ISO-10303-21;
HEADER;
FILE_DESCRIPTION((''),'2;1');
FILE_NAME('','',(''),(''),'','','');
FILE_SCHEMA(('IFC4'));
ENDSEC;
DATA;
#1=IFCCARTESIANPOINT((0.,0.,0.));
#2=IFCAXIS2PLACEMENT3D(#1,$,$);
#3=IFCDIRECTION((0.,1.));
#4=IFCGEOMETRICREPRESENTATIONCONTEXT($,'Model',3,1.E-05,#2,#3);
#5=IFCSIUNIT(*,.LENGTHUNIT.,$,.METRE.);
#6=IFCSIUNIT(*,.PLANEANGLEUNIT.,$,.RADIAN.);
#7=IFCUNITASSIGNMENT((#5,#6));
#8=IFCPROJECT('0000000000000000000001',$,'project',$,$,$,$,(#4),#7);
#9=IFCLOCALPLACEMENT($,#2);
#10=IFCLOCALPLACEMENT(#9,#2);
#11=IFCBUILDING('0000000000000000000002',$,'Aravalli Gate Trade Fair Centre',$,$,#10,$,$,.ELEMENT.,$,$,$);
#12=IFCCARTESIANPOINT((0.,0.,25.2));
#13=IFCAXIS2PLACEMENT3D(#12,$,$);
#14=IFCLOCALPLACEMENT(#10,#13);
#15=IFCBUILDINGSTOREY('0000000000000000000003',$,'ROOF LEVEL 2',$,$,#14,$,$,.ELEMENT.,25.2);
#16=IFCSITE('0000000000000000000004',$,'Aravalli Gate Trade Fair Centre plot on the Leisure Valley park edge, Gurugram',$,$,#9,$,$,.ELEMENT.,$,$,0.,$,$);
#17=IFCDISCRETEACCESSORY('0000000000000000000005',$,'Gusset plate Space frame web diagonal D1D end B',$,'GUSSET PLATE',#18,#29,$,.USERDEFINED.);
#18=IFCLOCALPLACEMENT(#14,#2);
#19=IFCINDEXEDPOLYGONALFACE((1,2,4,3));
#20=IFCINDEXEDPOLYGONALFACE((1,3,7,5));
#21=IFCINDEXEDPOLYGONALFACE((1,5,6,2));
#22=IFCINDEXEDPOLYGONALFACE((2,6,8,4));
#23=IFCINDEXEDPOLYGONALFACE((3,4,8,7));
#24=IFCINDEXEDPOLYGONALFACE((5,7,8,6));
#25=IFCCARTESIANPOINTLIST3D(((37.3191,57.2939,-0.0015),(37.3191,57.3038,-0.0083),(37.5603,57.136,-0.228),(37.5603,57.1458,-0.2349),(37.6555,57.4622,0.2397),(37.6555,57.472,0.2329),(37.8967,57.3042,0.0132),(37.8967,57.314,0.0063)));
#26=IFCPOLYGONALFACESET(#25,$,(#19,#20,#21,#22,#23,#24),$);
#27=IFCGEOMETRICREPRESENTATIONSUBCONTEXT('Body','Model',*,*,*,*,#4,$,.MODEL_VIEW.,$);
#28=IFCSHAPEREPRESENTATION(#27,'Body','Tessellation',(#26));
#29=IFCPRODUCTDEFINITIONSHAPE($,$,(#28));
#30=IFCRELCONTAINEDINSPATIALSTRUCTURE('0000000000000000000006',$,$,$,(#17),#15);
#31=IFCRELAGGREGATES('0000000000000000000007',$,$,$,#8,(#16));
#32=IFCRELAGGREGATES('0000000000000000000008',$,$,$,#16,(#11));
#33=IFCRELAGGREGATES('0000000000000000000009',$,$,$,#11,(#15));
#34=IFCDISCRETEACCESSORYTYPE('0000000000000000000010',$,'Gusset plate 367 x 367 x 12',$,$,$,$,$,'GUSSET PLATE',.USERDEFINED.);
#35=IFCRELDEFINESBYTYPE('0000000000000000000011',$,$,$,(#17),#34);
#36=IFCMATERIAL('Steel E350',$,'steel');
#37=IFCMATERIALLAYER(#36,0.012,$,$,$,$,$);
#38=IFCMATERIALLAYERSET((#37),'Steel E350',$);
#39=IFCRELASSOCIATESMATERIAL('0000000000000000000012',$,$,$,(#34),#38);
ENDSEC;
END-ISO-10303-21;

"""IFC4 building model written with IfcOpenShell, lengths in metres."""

from ifc_helpers import new_model, si_unit, direction, frame, origin, place, context, subcontext, project, spatial, polyline, outline, extrude, material, layer, layer_set, type_object, element, save


model = new_model("IFC4")

# Units and contexts
model_context = context("Model", 3, precision=1e-05, world=origin(), true_north=direction((0.0, 1.0)))
body_context = subcontext(model_context, "Body", "Model", "MODEL_VIEW")
ifc_project = project(units=[si_unit("LENGTHUNIT", "METRE"), si_unit("PLANEANGLEUNIT", "RADIAN")], contexts=[model_context])

# Site, building, storey
site_placement = place(None, origin())
site = spatial("IfcSite", under=ifc_project, at=site_placement, Name="Aravalli Gate Trade Fair Centre plot on the Leisure Valley park edge, Gurugram", CompositionType="ELEMENT", RefElevation=0.0)
building_placement = place(site_placement, origin())
building = spatial("IfcBuilding", under=site, at=building_placement, Name="Aravalli Gate Trade Fair Centre", CompositionType="ELEMENT")
storey_placement = place(building_placement, frame((0.0, 0.0, 25.2)))
storey = spatial("IfcBuildingStorey", under=building, at=storey_placement, Name="ROOF LEVEL 2", CompositionType="ELEMENT", Elevation=25.2)

# Shared definitions
ifc_material = material(Name="Steel E350", Category="steel")

# Discrete accessory
ifc_layer_1 = layer(ifc_material, 0.012)
ifc_layer_set_1 = layer_set([ifc_layer_1], Name="Steel E350")
discrete_accessory_type_1 = type_object("IfcDiscreteAccessoryType", Name="Gusset plate 367 x 367 x 12", ElementType="GUSSET PLATE", PredefinedType="USERDEFINED", material=ifc_layer_set_1)
discrete_accessory_1_placement = place(storey_placement, frame((37.6555, 57.4622, 0.2397), z_axis=(0.000057, -0.820282, 0.57196), x_axis=(-0.75291, -0.376455, -0.539822)))
element("IfcDiscreteAccessory", 1, at=discrete_accessory_1_placement, inside=storey, type_object=discrete_accessory_type_1, Name="Gusset plate Space frame web diagonal D1D end B", ObjectType="GUSSET PLATE", PredefinedType="USERDEFINED", context=body_context, shape_type="SweptSolid", body=[
    extrude(outline(polyline([(0.0, 0.0), (0.4468, 0.0), (0.447, 0.3667), (0.0002, 0.3667), (0.0, 0.0)])), origin(), (0.0, 0.0, -1.0), 0.012),
])

save(model, "model.ifc")
